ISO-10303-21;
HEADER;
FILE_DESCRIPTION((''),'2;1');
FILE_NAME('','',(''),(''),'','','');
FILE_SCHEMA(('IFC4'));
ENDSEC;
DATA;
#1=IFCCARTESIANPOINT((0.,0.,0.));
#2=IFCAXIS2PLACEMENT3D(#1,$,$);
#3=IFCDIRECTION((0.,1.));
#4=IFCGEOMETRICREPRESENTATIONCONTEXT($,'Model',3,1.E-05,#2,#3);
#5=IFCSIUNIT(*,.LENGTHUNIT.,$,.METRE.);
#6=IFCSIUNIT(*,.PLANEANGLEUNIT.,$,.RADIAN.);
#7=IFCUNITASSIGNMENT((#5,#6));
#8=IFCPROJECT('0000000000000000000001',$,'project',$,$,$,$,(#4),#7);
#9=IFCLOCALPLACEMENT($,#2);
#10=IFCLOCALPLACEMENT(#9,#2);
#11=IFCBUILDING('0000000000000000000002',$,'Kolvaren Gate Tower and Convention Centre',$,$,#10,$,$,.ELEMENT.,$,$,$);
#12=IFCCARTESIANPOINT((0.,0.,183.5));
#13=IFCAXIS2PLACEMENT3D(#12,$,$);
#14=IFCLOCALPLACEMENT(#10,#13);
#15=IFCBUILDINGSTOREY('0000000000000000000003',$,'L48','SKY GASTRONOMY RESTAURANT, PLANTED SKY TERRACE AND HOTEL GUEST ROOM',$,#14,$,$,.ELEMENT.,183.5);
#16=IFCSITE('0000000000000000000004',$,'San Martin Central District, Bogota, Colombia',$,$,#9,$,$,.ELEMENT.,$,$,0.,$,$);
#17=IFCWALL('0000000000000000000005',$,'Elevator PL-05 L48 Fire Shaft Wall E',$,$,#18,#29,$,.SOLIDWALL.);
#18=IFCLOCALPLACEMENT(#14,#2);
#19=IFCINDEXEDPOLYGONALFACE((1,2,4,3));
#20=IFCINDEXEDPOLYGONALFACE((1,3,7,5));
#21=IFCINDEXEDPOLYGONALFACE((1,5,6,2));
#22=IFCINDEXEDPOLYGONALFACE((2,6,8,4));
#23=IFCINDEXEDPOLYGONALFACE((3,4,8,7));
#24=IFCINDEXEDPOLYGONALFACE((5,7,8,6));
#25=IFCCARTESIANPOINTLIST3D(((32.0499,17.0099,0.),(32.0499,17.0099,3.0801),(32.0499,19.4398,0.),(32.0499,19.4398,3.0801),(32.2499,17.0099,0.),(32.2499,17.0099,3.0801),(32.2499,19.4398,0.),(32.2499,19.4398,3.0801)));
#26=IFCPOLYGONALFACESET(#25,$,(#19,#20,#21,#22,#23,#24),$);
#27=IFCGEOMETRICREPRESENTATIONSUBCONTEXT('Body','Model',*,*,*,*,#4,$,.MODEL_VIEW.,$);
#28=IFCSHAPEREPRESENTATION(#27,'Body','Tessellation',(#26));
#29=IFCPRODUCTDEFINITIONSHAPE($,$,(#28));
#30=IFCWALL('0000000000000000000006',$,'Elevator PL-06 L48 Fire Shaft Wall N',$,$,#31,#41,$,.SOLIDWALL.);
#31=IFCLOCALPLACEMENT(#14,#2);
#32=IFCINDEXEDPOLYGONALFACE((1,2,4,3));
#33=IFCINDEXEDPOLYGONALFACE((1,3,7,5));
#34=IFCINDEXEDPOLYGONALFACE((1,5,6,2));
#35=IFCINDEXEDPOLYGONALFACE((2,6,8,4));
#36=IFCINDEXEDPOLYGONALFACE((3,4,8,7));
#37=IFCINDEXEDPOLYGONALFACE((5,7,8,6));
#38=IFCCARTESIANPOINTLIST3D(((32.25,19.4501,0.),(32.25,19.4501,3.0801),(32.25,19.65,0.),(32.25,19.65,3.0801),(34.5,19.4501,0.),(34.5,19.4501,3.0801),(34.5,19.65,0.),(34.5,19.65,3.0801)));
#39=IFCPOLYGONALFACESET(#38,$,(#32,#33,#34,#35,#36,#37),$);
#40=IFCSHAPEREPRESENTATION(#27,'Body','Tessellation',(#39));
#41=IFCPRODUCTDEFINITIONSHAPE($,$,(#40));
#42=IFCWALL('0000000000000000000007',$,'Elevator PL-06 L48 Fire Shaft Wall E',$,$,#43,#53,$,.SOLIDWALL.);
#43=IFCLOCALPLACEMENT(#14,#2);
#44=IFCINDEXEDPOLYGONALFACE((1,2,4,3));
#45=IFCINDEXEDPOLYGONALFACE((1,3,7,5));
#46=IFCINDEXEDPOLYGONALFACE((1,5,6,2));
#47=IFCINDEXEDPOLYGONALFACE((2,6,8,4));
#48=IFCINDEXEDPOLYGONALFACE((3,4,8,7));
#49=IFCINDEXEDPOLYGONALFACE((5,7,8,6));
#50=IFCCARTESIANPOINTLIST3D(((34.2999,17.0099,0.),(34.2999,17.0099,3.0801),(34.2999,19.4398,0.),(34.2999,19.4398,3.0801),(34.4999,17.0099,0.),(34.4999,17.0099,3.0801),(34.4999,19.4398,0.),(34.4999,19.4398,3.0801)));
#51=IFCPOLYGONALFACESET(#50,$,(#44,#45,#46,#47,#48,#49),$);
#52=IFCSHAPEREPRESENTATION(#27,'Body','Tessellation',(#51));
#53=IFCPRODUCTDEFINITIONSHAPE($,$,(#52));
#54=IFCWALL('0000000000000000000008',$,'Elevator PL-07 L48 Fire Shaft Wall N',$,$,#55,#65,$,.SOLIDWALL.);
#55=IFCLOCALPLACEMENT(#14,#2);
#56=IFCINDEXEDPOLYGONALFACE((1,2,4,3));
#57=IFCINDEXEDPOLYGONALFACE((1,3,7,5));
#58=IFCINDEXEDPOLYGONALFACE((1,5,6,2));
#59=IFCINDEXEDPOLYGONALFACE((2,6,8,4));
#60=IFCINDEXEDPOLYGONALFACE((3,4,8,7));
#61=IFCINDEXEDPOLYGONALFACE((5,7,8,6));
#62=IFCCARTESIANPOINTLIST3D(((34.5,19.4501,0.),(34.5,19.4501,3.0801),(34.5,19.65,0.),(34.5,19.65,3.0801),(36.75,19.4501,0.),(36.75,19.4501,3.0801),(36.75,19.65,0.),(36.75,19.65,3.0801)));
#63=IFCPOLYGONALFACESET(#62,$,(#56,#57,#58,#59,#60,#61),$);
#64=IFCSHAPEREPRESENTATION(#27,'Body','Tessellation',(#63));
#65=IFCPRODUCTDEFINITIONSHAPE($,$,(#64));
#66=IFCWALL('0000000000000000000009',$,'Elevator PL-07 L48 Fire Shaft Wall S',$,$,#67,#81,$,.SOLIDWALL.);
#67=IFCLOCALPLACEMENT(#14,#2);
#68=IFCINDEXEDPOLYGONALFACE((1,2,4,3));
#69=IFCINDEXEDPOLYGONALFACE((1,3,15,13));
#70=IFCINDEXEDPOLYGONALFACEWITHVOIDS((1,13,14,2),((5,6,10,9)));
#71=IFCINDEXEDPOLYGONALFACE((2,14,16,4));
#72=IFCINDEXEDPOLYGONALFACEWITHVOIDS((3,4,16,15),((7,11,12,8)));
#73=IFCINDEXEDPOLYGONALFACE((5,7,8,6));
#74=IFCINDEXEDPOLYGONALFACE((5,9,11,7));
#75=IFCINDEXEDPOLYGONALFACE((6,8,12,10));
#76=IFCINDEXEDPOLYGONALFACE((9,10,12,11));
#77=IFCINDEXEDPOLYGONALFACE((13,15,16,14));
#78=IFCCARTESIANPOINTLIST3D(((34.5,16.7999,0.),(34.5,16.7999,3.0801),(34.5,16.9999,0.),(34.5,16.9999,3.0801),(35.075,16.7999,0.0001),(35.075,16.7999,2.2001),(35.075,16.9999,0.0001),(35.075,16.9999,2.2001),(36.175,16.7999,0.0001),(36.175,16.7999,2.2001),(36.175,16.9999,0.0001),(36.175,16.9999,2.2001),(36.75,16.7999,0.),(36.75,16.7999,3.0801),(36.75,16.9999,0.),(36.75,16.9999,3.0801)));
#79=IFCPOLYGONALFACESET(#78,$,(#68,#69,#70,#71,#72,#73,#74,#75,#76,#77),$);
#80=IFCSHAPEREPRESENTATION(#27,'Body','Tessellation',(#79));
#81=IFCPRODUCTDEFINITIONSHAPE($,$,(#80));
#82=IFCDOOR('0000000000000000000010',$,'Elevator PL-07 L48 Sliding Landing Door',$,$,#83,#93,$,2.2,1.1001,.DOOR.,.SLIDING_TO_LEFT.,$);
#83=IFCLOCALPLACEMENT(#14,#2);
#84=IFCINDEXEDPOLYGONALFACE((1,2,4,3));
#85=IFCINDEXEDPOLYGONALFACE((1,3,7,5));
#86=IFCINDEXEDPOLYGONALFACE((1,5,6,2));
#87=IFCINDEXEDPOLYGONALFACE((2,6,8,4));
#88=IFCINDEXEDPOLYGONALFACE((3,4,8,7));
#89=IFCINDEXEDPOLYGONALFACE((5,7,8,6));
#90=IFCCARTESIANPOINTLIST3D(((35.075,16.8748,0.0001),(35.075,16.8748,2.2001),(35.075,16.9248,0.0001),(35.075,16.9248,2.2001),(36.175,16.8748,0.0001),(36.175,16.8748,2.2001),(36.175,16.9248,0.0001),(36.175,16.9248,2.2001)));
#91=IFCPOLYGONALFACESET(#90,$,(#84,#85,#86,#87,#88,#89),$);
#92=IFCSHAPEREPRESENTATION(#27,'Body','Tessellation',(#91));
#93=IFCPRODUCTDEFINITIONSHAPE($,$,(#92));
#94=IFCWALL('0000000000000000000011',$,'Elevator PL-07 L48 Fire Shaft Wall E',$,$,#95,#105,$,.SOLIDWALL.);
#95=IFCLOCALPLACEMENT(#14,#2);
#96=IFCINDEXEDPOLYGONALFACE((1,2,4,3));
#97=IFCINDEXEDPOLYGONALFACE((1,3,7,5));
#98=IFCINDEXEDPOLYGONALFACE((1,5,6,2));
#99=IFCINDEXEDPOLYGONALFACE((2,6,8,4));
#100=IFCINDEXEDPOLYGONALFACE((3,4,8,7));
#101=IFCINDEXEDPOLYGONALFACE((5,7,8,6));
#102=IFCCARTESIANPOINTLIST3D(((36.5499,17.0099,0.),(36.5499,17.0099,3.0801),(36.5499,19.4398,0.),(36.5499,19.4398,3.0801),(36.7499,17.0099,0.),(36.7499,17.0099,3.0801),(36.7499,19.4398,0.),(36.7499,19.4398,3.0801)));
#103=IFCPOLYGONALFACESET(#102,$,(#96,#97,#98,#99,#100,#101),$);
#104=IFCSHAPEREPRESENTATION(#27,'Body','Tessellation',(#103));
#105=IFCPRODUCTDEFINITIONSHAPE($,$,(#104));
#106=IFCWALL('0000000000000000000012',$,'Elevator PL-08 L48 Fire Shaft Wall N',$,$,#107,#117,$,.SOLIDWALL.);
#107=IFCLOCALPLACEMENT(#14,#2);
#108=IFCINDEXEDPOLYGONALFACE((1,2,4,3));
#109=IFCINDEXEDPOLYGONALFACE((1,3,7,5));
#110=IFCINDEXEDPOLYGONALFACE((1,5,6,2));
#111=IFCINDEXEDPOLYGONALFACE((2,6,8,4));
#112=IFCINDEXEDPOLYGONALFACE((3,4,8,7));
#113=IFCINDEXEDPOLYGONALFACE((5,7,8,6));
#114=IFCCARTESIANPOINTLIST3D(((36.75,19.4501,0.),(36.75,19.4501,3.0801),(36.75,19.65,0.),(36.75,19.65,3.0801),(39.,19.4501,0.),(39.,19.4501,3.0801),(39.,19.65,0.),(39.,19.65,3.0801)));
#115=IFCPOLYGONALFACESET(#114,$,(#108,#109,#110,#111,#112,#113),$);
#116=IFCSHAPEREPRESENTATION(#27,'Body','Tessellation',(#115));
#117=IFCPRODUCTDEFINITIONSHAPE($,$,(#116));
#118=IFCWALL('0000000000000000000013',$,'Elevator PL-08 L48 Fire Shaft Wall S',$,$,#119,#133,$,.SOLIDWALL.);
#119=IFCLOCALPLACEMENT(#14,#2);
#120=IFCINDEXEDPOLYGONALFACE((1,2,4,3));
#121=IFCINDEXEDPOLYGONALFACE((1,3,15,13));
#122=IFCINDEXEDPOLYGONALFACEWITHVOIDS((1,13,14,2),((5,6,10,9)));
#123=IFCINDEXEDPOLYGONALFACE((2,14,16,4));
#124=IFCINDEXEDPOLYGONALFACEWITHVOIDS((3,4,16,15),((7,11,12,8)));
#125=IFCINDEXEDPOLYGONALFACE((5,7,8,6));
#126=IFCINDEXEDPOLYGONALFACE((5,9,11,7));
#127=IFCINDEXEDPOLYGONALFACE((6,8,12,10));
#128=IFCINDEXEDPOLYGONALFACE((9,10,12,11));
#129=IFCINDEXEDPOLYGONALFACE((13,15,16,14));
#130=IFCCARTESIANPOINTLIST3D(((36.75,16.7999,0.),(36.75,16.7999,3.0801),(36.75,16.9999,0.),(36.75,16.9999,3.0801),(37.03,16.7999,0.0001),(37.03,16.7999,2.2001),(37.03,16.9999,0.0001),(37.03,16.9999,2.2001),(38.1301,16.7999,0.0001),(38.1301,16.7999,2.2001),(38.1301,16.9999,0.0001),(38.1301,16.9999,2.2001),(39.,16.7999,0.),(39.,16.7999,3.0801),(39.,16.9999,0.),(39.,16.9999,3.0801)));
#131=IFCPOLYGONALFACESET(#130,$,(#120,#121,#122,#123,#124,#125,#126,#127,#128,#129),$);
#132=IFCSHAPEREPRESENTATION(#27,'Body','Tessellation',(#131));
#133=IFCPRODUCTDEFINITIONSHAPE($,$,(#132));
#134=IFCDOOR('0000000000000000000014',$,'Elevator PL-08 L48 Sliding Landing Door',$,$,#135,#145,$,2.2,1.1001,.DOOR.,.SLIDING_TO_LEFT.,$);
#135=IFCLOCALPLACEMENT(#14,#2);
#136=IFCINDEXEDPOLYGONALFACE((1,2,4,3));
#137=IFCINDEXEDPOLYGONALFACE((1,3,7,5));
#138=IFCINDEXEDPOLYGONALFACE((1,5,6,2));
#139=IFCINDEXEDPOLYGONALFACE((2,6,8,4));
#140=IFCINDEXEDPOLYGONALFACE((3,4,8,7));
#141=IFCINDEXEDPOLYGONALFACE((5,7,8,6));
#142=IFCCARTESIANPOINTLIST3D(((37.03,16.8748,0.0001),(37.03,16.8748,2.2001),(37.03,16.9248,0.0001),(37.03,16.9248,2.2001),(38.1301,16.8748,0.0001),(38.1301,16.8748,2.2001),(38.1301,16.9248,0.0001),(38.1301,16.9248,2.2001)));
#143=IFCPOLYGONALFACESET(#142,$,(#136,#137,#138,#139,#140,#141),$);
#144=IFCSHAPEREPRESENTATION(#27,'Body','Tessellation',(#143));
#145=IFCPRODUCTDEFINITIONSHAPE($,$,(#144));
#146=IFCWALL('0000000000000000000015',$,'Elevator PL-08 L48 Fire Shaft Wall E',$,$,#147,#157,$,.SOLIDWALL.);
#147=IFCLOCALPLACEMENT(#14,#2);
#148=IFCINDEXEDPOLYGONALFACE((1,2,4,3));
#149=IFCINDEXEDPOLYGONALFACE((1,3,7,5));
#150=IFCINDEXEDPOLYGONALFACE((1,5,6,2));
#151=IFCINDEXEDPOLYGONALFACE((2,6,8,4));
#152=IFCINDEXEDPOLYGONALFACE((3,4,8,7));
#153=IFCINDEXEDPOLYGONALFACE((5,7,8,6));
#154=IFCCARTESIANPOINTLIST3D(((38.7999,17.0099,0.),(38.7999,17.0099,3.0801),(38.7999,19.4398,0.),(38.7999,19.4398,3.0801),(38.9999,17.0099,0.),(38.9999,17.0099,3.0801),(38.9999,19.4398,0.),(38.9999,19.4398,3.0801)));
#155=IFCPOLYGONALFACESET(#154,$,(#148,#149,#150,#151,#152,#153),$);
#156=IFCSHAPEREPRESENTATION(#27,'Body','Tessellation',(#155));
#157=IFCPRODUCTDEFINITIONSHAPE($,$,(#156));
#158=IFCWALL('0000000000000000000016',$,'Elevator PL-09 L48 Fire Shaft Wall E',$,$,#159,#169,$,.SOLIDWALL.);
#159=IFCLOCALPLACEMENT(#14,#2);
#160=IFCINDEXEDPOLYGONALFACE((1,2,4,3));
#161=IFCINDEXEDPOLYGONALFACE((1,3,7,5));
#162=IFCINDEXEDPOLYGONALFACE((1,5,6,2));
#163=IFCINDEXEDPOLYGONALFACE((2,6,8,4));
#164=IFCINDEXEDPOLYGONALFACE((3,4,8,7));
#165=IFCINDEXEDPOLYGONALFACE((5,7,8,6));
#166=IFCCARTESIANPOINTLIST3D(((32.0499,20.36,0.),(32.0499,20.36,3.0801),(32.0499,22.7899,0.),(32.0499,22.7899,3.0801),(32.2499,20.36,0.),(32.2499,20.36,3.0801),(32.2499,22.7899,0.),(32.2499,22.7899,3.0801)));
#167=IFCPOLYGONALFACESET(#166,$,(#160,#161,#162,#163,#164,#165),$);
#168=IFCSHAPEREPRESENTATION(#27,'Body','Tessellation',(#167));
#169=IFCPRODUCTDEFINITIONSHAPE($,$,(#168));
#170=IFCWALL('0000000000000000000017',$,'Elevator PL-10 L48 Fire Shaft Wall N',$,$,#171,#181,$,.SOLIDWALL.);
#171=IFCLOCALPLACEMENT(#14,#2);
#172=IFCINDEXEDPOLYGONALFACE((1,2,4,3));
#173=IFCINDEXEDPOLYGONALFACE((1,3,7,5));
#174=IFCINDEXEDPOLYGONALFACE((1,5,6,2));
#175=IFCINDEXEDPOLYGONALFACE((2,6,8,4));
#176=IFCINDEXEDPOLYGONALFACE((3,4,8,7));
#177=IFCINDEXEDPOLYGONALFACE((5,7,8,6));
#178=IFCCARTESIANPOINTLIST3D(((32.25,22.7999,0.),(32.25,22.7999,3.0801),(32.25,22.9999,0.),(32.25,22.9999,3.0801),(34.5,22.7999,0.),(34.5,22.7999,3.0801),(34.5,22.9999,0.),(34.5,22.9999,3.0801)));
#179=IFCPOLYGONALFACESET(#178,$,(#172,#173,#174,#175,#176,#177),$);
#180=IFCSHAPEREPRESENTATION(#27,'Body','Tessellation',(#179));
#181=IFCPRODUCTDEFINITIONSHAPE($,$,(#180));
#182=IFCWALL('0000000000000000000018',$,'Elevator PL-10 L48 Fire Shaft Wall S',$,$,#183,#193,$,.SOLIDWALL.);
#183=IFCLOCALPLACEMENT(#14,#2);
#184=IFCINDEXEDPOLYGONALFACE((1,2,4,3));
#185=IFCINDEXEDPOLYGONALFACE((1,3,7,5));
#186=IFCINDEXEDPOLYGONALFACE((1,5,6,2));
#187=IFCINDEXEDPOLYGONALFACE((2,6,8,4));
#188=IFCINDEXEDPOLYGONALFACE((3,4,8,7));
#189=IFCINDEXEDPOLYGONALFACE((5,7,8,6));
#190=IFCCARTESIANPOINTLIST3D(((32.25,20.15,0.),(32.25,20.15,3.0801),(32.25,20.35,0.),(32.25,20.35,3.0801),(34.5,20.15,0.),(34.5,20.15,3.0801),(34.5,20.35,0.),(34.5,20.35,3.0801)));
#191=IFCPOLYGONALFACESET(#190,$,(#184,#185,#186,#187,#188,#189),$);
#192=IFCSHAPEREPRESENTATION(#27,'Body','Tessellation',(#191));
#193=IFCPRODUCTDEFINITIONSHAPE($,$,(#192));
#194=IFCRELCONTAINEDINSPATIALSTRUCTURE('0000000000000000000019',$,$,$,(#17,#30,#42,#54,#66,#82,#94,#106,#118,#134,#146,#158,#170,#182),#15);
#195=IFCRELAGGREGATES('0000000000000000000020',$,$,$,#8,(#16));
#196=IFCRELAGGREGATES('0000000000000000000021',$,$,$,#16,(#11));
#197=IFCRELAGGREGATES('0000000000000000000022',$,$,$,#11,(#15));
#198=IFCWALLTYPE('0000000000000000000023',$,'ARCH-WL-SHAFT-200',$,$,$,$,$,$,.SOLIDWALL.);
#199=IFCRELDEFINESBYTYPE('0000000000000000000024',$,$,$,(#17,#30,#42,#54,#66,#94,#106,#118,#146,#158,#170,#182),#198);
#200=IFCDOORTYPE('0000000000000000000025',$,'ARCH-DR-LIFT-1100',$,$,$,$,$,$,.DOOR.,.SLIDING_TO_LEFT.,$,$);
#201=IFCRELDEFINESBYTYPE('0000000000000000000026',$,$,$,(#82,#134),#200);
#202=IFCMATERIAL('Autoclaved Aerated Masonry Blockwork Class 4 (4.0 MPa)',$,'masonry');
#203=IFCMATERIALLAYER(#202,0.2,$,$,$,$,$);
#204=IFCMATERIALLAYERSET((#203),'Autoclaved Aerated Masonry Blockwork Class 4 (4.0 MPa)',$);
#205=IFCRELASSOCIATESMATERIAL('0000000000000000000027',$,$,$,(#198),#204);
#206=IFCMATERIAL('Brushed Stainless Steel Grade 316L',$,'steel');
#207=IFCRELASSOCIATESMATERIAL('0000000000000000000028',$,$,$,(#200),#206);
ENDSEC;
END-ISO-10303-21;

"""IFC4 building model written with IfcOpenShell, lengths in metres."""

from ifc_helpers import new_model, si_unit, direction, frame, frame_2d, origin, place, context, subcontext, project, spatial, rectangle, extrude, material, layer, layer_set, type_object, element, fill, save


model = new_model("IFC4")

# Units and contexts
model_context = context("Model", 3, precision=1e-05, world=origin(), true_north=direction((0.0, 1.0)))
body_context = subcontext(model_context, "Body", "Model", "MODEL_VIEW")
ifc_project = project(units=[si_unit("LENGTHUNIT", "METRE"), si_unit("PLANEANGLEUNIT", "RADIAN")], contexts=[model_context])

# Site, building, storey
site_placement = place(None, origin())
site = spatial("IfcSite", under=ifc_project, at=site_placement, Name="San Martin Central District, Bogota, Colombia", CompositionType="ELEMENT", RefElevation=0.0)
building_placement = place(site_placement, origin())
building = spatial("IfcBuilding", under=site, at=building_placement, Name="Kolvaren Gate Tower and Convention Centre", CompositionType="ELEMENT")
storey_placement = place(building_placement, frame((0.0, 0.0, 183.5)))
storey = spatial("IfcBuildingStorey", under=building, at=storey_placement, Name="L48", Description="SKY GASTRONOMY RESTAURANT, PLANTED SKY TERRACE AND HOTEL GUEST ROOM", CompositionType="ELEMENT", Elevation=183.5)

# Walls
ifc_material_1 = material(Name="Autoclaved Aerated Masonry Blockwork Class 4 (4.0 MPa)", Category="masonry")
ifc_layer_1 = layer(ifc_material_1, 0.2)
ifc_layer_set_1 = layer_set([ifc_layer_1], Name="Autoclaved Aerated Masonry Blockwork Class 4 (4.0 MPa)")
wall_type_1 = type_object("IfcWallType", Name="ARCH-WL-SHAFT-200", PredefinedType="SOLIDWALL", material=ifc_layer_set_1)
wall_1_placement = place(storey_placement, frame((32.1499, 17.01, 0.0), z_axis=(0.0, 0.0, 1.0), x_axis=(0.0, 1.0, 0.0)))
element("IfcWall", 1, at=wall_1_placement, inside=storey, type_object=wall_type_1, Name="Elevator PL-05 L48 Fire Shaft Wall E", PredefinedType="SOLIDWALL", context=body_context, shape_type="SweptSolid", body=[
    extrude(rectangle(XDim=2.4299, YDim=0.2, at=frame_2d((1.2148, 0.0))), origin(), (0.0, 0.0, 1.0), 3.0801),
])
wall_2_placement = place(storey_placement, frame((32.25, 19.55, 0.0), z_axis=(0.0, 0.0, 1.0), x_axis=(1.0, 0.0, 0.0)))
element("IfcWall", 2, at=wall_2_placement, inside=storey, type_object=wall_type_1, Name="Elevator PL-06 L48 Fire Shaft Wall N", PredefinedType="SOLIDWALL", context=body_context, shape_type="SweptSolid", body=[
    extrude(rectangle(XDim=2.25, YDim=0.2, at=frame_2d((1.125, 0.0))), origin(), (0.0, 0.0, 1.0), 3.0801),
])
wall_3_placement = place(storey_placement, frame((34.3999, 17.01, 0.0), z_axis=(0.0, 0.0, 1.0), x_axis=(0.0, 1.0, 0.0)))
element("IfcWall", 3, at=wall_3_placement, inside=storey, type_object=wall_type_1, Name="Elevator PL-06 L48 Fire Shaft Wall E", PredefinedType="SOLIDWALL", context=body_context, shape_type="SweptSolid", body=[
    extrude(rectangle(XDim=2.4299, YDim=0.2, at=frame_2d((1.2148, 0.0))), origin(), (0.0, 0.0, 1.0), 3.0801),
])
wall_4_placement = place(storey_placement, frame((34.5, 19.55, 0.0), z_axis=(0.0, 0.0, 1.0), x_axis=(1.0, 0.0, 0.0)))
element("IfcWall", 4, at=wall_4_placement, inside=storey, type_object=wall_type_1, Name="Elevator PL-07 L48 Fire Shaft Wall N", PredefinedType="SOLIDWALL", context=body_context, shape_type="SweptSolid", body=[
    extrude(rectangle(XDim=2.25, YDim=0.2, at=frame_2d((1.125, 0.0))), origin(), (0.0, 0.0, 1.0), 3.0801),
])

# Wall, opening, door
wall_5_placement = place(storey_placement, frame((34.5, 16.8999, 0.0), z_axis=(0.0, 0.0, 1.0), x_axis=(1.0, 0.0, 0.0)))
wall_5 = element("IfcWall", 5, at=wall_5_placement, inside=storey, type_object=wall_type_1, Name="Elevator PL-07 L48 Fire Shaft Wall S", PredefinedType="SOLIDWALL", context=body_context, shape_type="SweptSolid", body=[
    extrude(rectangle(XDim=2.25, YDim=0.2, at=frame_2d((1.125, 0.0))), origin(), (0.0, 0.0, 1.0), 3.0801),
])
opening_1_placement = place(wall_5_placement, frame((0.575, 0.0, 0.0)))
opening_1 = element("IfcOpeningElement", 6, at=opening_1_placement, cuts=wall_5, PredefinedType="OPENING", context=body_context, shape_type="SweptSolid", body=[
    extrude(rectangle(XDim=1.1001, YDim=2.2, at=frame_2d((0.55, 1.1001))), frame((0.0, 0.1099, 0.0), z_axis=(0.0, -1.0, 0.0), x_axis=(1.0, 0.0, 0.0)), (0.0, 0.0, 1.0), 0.22),
])
ifc_material_2 = material(Name="Brushed Stainless Steel Grade 316L", Category="steel")
door_type = type_object("IfcDoorType", Name="ARCH-DR-LIFT-1100", OperationType="SLIDING_TO_LEFT", PredefinedType="DOOR", material=ifc_material_2)
door_1_placement = place(opening_1_placement, origin())
door_1 = element("IfcDoor", 7, at=door_1_placement, inside=storey, type_object=door_type, Name="Elevator PL-07 L48 Sliding Landing Door", OperationType="SLIDING_TO_LEFT", OverallHeight=2.2, OverallWidth=1.1001, PredefinedType="DOOR", context=body_context, shape_type="SweptSolid", body=[
    extrude(rectangle(XDim=1.1001, YDim=2.2, at=frame_2d((0.55, 1.1001))), frame((0.0, 0.0249, 0.0), z_axis=(0.0, -1.0, 0.0), x_axis=(1.0, 0.0, 0.0)), (0.0, 0.0, 1.0), 0.05),
])
fill(opening_1, door_1)

# Walls
wall_6_placement = place(storey_placement, frame((36.6499, 17.01, 0.0), z_axis=(0.0, 0.0, 1.0), x_axis=(0.0, 1.0, 0.0)))
element("IfcWall", 8, at=wall_6_placement, inside=storey, type_object=wall_type_1, Name="Elevator PL-07 L48 Fire Shaft Wall E", PredefinedType="SOLIDWALL", context=body_context, shape_type="SweptSolid", body=[
    extrude(rectangle(XDim=2.4299, YDim=0.2, at=frame_2d((1.2148, 0.0))), origin(), (0.0, 0.0, 1.0), 3.0801),
])
wall_7_placement = place(storey_placement, frame((36.75, 19.55, 0.0), z_axis=(0.0, 0.0, 1.0), x_axis=(1.0, 0.0, 0.0)))
element("IfcWall", 9, at=wall_7_placement, inside=storey, type_object=wall_type_1, Name="Elevator PL-08 L48 Fire Shaft Wall N", PredefinedType="SOLIDWALL", context=body_context, shape_type="SweptSolid", body=[
    extrude(rectangle(XDim=2.25, YDim=0.2, at=frame_2d((1.125, 0.0))), origin(), (0.0, 0.0, 1.0), 3.0801),
])

# Wall, opening, door
wall_8_placement = place(storey_placement, frame((36.75, 16.8999, 0.0), z_axis=(0.0, 0.0, 1.0), x_axis=(1.0, 0.0, 0.0)))
wall_8 = element("IfcWall", 10, at=wall_8_placement, inside=storey, type_object=wall_type_1, Name="Elevator PL-08 L48 Fire Shaft Wall S", PredefinedType="SOLIDWALL", context=body_context, shape_type="SweptSolid", body=[
    extrude(rectangle(XDim=2.25, YDim=0.2, at=frame_2d((1.125, 0.0))), origin(), (0.0, 0.0, 1.0), 3.0801),
])
opening_2_placement = place(wall_8_placement, frame((0.28, 0.0, 0.0)))
opening_2 = element("IfcOpeningElement", 11, at=opening_2_placement, cuts=wall_8, PredefinedType="OPENING", context=body_context, shape_type="SweptSolid", body=[
    extrude(rectangle(XDim=1.1001, YDim=2.2, at=frame_2d((0.55, 1.1001))), frame((0.0, 0.1099, 0.0), z_axis=(0.0, -1.0, 0.0), x_axis=(1.0, 0.0, 0.0)), (0.0, 0.0, 1.0), 0.22),
])
door_2_placement = place(opening_2_placement, origin())
door_2 = element("IfcDoor", 12, at=door_2_placement, inside=storey, type_object=door_type, Name="Elevator PL-08 L48 Sliding Landing Door", OperationType="SLIDING_TO_LEFT", OverallHeight=2.2, OverallWidth=1.1001, PredefinedType="DOOR", context=body_context, shape_type="SweptSolid", body=[
    extrude(rectangle(XDim=1.1001, YDim=2.2, at=frame_2d((0.55, 1.1001))), frame((0.0, 0.0249, 0.0), z_axis=(0.0, -1.0, 0.0), x_axis=(1.0, 0.0, 0.0)), (0.0, 0.0, 1.0), 0.05),
])
fill(opening_2, door_2)

# Walls
for number, where, z_axis, x_axis, name in (
    (13, (38.8999, 17.01, 0.0), (0.0, 0.0, 1.0), (0.0, 1.0, 0.0), "Elevator PL-08 L48 Fire Shaft Wall E"),
    (14, (32.1499, 20.3601, 0.0), (0.0, 0.0, 1.0), (0.0, 1.0, 0.0), "Elevator PL-09 L48 Fire Shaft Wall E"),
):
    element("IfcWall", number, at=place(storey_placement, frame(where, z_axis=z_axis, x_axis=x_axis)), inside=storey, type_object=wall_type_1, Name=name, PredefinedType="SOLIDWALL", context=body_context, shape_type="SweptSolid", body=[
        extrude(rectangle(XDim=2.4299, YDim=0.2, at=frame_2d((1.2148, 0.0))), origin(), (0.0, 0.0, 1.0), 3.0801),
    ])
for number, where, z_axis, x_axis, name in (
    (15, (32.25, 22.8999, 0.0), (0.0, 0.0, 1.0), (1.0, 0.0, 0.0), "Elevator PL-10 L48 Fire Shaft Wall N"),
    (16, (32.25, 20.25, 0.0), (0.0, 0.0, 1.0), (1.0, 0.0, 0.0), "Elevator PL-10 L48 Fire Shaft Wall S"),
):
    element("IfcWall", number, at=place(storey_placement, frame(where, z_axis=z_axis, x_axis=x_axis)), inside=storey, type_object=wall_type_1, Name=name, PredefinedType="SOLIDWALL", context=body_context, shape_type="SweptSolid", body=[
        extrude(rectangle(XDim=2.25, YDim=0.2, at=frame_2d((1.125, 0.0))), origin(), (0.0, 0.0, 1.0), 3.0801),
    ])

save(model, "model.ifc")
